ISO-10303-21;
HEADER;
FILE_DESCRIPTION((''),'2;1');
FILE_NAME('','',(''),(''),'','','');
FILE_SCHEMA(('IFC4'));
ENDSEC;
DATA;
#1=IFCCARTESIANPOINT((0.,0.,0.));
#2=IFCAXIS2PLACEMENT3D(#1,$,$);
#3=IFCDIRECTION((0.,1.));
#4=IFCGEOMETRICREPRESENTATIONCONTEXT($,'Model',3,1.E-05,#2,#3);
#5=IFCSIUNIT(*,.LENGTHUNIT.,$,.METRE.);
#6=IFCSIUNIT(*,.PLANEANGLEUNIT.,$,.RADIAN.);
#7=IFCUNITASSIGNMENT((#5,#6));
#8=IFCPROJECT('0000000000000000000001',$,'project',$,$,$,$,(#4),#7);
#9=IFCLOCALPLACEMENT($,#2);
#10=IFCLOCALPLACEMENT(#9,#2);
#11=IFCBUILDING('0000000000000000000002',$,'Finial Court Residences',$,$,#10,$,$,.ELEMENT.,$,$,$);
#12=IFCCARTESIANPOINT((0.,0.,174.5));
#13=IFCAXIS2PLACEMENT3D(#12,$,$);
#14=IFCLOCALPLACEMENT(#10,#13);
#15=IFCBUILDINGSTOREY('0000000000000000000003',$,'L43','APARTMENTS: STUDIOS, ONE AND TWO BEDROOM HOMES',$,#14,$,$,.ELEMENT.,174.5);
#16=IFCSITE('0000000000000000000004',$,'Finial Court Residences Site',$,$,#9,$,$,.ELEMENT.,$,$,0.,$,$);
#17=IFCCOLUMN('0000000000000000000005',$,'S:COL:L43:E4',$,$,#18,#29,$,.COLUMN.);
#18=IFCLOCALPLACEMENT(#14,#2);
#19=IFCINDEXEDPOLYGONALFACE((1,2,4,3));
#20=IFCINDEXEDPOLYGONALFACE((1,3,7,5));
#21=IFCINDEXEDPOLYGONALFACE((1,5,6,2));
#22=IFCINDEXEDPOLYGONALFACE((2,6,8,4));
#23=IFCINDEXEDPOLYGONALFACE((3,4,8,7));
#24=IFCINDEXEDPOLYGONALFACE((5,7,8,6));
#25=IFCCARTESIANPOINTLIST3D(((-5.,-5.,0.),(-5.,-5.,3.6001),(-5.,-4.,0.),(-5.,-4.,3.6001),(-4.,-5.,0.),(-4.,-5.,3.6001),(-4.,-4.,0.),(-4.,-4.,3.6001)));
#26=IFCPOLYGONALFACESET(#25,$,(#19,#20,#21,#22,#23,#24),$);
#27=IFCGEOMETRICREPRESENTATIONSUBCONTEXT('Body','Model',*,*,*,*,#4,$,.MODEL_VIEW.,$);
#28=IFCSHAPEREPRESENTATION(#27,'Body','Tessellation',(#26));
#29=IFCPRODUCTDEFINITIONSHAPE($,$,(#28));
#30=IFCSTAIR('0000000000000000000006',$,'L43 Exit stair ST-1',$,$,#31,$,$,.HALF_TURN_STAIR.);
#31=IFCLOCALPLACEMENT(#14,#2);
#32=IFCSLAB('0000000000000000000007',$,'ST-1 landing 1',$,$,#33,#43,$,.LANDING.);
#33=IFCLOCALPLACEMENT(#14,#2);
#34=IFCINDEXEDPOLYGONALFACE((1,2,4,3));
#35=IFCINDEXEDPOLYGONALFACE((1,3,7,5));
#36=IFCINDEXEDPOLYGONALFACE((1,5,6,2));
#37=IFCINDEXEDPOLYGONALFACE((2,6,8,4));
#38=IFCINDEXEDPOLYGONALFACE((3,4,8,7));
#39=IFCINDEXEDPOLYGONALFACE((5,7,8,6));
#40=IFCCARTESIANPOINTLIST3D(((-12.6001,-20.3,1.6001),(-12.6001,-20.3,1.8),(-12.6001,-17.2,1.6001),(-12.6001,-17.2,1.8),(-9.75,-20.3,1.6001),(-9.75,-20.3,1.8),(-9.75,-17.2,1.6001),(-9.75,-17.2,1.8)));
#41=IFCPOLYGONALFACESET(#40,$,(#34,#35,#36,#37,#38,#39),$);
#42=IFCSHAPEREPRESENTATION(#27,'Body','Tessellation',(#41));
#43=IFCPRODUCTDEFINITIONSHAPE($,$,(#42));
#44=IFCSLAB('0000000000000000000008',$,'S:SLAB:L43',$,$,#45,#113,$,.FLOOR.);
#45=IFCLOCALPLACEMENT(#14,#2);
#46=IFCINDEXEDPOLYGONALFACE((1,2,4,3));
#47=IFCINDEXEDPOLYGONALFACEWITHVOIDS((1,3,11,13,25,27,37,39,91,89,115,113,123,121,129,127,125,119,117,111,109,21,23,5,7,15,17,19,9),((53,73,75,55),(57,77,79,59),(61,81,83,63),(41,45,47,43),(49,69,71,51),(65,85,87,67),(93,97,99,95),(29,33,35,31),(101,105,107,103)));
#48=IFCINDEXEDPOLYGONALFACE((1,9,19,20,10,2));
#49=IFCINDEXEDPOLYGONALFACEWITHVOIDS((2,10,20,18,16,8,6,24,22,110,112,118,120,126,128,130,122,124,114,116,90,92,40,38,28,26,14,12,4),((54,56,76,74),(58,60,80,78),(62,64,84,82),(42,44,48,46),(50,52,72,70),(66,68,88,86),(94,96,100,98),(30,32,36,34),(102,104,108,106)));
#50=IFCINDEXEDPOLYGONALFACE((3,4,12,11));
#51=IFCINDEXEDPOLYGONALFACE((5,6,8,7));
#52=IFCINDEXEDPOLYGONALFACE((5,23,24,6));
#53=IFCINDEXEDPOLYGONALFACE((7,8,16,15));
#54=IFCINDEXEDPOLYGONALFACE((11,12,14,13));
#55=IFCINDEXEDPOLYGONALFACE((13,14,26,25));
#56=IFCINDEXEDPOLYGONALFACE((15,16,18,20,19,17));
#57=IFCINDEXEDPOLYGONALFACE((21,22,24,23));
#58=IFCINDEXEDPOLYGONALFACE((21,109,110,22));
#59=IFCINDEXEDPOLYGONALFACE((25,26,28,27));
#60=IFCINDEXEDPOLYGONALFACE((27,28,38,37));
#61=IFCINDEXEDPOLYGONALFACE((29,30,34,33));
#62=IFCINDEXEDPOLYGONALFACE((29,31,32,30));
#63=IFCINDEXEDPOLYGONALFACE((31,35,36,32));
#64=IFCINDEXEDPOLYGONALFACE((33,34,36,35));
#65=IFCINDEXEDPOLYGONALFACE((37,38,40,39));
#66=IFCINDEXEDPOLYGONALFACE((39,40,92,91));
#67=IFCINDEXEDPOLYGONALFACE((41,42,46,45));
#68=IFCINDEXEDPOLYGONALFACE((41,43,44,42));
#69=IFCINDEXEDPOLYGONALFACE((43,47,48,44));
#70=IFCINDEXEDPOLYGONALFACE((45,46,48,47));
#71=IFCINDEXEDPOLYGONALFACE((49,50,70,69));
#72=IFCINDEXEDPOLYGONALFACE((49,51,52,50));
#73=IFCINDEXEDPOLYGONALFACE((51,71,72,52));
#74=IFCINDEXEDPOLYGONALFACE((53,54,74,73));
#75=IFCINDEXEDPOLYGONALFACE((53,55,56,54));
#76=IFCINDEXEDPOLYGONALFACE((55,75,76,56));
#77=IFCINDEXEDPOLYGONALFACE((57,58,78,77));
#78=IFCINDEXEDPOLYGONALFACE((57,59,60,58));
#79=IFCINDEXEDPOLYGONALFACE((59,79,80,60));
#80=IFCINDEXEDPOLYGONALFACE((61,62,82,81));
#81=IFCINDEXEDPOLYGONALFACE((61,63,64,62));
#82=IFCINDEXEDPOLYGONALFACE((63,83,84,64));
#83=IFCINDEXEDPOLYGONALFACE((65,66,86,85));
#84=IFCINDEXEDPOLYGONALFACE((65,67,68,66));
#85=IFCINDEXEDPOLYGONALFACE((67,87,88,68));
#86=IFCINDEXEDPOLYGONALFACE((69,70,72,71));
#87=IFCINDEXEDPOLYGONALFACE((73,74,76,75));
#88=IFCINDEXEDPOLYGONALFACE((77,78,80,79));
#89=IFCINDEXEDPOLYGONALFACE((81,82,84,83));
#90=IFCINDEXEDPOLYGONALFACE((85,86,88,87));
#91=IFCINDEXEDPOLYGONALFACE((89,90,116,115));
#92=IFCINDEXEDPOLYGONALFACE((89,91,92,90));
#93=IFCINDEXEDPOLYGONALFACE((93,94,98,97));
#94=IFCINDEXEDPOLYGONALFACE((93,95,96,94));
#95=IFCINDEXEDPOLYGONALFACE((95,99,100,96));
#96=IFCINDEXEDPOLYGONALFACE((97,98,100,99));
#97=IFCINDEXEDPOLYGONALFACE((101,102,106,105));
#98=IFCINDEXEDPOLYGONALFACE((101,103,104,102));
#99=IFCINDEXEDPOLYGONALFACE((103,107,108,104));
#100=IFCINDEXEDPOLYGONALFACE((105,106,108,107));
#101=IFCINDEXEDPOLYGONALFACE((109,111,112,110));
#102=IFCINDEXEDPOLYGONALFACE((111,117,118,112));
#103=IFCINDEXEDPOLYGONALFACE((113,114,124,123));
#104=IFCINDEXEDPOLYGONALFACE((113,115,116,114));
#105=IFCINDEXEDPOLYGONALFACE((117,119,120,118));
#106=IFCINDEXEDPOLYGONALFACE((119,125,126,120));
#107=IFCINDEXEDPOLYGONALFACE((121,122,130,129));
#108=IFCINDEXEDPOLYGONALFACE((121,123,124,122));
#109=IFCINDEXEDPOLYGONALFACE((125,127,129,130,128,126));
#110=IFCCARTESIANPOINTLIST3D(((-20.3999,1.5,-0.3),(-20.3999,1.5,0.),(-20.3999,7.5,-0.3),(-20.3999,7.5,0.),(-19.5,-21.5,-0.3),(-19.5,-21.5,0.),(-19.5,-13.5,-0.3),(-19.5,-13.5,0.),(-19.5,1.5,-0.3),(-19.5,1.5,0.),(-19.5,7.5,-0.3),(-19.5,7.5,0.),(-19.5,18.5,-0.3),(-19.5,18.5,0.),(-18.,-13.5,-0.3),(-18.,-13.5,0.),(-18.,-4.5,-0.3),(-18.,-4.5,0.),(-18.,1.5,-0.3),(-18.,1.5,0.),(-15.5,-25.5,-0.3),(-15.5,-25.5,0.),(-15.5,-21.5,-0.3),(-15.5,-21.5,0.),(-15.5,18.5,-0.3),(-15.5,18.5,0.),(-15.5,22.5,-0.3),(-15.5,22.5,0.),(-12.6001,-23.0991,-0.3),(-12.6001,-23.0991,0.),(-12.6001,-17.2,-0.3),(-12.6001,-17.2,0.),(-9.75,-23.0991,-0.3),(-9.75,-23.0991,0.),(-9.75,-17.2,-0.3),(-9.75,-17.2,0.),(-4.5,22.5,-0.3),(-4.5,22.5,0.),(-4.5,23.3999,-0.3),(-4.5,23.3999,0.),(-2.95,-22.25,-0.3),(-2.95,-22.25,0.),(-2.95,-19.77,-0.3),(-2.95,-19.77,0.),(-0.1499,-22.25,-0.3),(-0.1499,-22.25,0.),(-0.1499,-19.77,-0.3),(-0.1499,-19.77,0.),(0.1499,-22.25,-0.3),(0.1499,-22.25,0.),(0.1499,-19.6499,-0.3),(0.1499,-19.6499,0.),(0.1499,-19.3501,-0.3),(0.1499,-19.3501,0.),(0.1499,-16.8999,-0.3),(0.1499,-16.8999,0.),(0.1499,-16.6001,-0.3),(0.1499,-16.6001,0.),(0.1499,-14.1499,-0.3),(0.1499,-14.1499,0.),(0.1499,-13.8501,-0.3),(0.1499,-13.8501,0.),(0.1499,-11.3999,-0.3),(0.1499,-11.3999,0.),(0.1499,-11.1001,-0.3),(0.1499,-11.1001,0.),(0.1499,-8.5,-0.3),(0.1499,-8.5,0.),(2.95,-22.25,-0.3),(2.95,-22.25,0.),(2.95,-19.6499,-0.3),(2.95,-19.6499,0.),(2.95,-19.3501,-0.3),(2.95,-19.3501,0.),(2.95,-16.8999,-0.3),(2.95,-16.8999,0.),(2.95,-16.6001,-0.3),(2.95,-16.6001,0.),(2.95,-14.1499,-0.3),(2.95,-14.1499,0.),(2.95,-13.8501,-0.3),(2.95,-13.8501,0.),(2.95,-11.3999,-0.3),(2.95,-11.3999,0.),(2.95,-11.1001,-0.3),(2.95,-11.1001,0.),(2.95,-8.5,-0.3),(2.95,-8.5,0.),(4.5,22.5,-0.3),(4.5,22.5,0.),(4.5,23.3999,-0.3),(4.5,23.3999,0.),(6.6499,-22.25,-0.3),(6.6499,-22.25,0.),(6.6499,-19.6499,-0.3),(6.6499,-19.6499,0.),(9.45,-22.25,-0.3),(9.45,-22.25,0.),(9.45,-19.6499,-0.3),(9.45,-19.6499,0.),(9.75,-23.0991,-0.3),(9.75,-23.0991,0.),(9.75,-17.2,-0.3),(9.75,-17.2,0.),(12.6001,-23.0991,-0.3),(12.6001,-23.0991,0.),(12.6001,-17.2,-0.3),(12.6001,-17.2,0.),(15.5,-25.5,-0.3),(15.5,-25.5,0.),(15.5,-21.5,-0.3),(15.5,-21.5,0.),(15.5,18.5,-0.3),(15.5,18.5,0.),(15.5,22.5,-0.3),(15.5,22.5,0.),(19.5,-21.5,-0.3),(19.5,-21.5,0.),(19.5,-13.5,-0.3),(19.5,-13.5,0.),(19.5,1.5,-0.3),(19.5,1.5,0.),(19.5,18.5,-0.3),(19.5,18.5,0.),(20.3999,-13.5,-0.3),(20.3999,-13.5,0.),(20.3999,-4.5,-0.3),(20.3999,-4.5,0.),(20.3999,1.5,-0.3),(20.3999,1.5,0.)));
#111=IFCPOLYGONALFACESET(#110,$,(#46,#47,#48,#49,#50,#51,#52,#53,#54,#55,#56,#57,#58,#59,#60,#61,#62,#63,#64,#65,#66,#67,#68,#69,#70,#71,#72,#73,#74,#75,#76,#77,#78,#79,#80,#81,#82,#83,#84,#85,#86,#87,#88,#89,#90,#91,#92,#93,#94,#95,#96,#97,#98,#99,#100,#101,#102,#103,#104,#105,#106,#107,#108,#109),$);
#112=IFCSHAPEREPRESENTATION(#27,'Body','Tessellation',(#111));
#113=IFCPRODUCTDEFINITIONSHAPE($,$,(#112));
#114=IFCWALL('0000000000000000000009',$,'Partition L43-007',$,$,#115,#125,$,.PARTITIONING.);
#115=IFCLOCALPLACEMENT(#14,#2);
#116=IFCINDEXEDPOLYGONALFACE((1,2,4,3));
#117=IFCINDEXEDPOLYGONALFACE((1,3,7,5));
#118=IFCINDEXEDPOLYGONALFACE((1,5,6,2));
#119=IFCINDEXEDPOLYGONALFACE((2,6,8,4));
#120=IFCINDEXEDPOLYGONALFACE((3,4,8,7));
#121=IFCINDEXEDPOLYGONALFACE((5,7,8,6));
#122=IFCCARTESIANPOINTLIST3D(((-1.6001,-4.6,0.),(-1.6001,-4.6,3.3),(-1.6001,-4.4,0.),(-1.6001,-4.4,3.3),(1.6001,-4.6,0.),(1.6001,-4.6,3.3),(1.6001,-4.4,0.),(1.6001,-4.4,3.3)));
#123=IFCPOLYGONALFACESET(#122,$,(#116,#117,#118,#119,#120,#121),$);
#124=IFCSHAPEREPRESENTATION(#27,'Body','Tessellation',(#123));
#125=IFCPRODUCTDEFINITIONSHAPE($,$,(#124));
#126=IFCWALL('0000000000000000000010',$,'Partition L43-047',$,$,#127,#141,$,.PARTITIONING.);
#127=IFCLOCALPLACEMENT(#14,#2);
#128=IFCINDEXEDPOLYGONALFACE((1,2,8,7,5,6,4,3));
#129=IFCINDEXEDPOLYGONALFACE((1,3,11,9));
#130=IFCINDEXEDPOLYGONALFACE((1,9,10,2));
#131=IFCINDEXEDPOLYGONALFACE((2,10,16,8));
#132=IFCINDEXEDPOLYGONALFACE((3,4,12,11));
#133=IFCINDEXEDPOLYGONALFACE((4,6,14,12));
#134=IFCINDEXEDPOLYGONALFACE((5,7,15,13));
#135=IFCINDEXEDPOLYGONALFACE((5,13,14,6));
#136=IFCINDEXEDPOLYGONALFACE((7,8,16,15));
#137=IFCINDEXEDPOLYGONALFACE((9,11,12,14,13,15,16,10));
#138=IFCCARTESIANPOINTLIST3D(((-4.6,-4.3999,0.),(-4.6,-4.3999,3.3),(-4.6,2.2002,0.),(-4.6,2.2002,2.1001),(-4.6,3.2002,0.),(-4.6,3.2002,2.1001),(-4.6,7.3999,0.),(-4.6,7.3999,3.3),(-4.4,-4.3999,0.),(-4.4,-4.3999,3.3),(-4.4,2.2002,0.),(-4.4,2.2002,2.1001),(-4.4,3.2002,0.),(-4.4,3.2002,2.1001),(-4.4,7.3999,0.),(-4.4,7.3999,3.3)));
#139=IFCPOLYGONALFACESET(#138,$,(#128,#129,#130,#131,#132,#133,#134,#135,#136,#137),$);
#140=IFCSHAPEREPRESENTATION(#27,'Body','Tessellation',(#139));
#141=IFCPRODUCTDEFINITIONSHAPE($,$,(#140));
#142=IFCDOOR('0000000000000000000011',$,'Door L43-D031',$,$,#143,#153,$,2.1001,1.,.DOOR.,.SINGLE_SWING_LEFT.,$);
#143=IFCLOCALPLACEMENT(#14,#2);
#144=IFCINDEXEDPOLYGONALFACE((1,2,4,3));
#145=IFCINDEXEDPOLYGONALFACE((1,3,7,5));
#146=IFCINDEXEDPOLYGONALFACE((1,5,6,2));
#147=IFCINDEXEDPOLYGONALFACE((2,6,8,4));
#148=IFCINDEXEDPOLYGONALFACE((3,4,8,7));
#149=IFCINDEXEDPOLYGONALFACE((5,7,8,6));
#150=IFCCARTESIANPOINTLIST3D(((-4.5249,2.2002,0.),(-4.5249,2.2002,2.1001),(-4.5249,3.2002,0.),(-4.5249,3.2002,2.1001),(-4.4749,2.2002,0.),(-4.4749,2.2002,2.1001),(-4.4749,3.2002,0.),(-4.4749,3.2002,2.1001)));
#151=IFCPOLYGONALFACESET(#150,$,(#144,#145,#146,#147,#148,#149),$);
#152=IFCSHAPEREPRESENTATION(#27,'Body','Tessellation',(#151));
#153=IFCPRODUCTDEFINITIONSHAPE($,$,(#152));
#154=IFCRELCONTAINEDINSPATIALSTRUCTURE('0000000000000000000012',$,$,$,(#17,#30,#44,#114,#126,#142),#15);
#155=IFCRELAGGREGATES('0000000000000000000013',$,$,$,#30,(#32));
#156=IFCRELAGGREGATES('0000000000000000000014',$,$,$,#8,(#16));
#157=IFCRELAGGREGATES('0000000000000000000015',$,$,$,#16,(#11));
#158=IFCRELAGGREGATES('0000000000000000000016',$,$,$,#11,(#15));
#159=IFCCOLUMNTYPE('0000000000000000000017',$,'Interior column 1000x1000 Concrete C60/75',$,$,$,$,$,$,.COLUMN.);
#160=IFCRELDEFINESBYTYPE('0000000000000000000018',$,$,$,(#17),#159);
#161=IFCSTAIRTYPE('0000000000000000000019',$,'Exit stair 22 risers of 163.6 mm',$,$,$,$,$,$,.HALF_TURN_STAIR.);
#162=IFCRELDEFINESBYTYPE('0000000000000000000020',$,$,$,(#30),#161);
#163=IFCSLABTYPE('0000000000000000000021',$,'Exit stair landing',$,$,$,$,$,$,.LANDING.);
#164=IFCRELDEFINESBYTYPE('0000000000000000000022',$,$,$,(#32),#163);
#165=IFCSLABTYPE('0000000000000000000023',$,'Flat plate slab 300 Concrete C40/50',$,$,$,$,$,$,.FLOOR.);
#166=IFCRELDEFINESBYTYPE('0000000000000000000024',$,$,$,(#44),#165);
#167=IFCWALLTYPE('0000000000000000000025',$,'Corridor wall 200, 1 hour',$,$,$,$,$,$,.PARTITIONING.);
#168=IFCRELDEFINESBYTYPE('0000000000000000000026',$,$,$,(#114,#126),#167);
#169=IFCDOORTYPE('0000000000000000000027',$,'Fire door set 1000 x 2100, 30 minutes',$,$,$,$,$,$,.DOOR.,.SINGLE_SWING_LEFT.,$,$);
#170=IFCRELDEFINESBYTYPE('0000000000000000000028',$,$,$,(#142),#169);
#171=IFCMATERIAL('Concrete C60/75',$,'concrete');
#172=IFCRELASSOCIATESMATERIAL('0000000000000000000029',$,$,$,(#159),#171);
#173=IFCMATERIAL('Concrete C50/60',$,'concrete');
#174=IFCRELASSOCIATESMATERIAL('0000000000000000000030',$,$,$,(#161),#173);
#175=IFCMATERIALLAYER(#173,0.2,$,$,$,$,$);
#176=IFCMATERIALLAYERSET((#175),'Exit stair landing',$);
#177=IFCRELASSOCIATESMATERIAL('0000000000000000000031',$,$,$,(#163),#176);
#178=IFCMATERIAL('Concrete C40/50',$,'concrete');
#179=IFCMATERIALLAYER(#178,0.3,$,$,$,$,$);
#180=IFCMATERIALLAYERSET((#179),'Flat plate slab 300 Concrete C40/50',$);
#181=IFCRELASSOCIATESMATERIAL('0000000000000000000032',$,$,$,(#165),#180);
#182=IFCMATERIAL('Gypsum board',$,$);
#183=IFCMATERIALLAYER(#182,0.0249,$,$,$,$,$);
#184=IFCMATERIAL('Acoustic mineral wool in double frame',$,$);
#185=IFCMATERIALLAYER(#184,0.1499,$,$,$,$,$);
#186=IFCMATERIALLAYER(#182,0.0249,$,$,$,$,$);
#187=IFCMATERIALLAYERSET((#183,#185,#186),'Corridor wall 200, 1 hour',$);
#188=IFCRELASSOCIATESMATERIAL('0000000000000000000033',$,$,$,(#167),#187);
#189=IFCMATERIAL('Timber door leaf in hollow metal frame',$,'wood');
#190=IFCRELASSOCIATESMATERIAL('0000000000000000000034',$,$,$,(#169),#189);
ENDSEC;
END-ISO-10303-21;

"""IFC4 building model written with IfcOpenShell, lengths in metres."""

from ifc_helpers import new_model, si_unit, direction, frame, frame_2d, origin, origin_2d, place, context, subcontext, project, spatial, polyline, rectangle, outline, extrude, material, layer, layer_set, material_profile, profile_set, type_object, element, fill, aggregate, save


model = new_model("IFC4")

# Units and contexts
model_context = context("Model", 3, precision=1e-05, world=origin(), true_north=direction((0.0, 1.0)))
body_context = subcontext(model_context, "Body", "Model", "MODEL_VIEW")
ifc_project = project(units=[si_unit("LENGTHUNIT", "METRE"), si_unit("PLANEANGLEUNIT", "RADIAN")], contexts=[model_context])

# Site, building, storey
site_placement = place(None, origin())
site = spatial("IfcSite", under=ifc_project, at=site_placement, Name="Finial Court Residences Site", CompositionType="ELEMENT", RefElevation=0.0)
building_placement = place(site_placement, origin())
building = spatial("IfcBuilding", under=site, at=building_placement, Name="Finial Court Residences", CompositionType="ELEMENT")
storey_placement = place(building_placement, frame((0.0, 0.0, 174.5)))
storey = spatial("IfcBuildingStorey", under=building, at=storey_placement, Name="L43", Description="APARTMENTS: STUDIOS, ONE AND TWO BEDROOM HOMES", CompositionType="ELEMENT", Elevation=174.5)

# Column
ifc_material_1 = material(Name="Concrete C60/75", Category="concrete")
ifc_material_profile = material_profile(ifc_material_1, rectangle(XDim=1.0, YDim=1.0, at=origin_2d()), Name="1000x1000")
ifc_profile_set = profile_set([ifc_material_profile], Name="Concrete C60/75")
column_type = type_object("IfcColumnType", Name="Interior column 1000x1000 Concrete C60/75", PredefinedType="COLUMN", material=ifc_profile_set)
column_placement = place(storey_placement, frame((-4.5, -4.5, 0.0), z_axis=(0.0, 0.0, 1.0), x_axis=(1.0, 0.0, 0.0)))
element("IfcColumn", 1, at=column_placement, inside=storey, type_object=column_type, Name="S:COL:L43:E4", PredefinedType="COLUMN", context=body_context, shape_type="SweptSolid", body=[
    extrude(rectangle(XDim=1.0, YDim=1.0, at=origin_2d()), origin(), (0.0, 0.0, 1.0), 3.6001),
])

# Stair, slab
ifc_material_2 = material(Name="Concrete C50/60", Category="concrete")
stair_type = type_object("IfcStairType", Name="Exit stair 22 risers of 163.6 mm", PredefinedType="HALF_TURN_STAIR", material=ifc_material_2)
stair_placement = place(storey_placement, origin())
stair = element("IfcStair", 2, at=stair_placement, inside=storey, type_object=stair_type, Name="L43 Exit stair ST-1", PredefinedType="HALF_TURN_STAIR")
ifc_layer_1 = layer(ifc_material_2, 0.2)
ifc_layer_set_1 = layer_set([ifc_layer_1], Name="Exit stair landing")
slab_type_1 = type_object("IfcSlabType", Name="Exit stair landing", PredefinedType="LANDING", material=ifc_layer_set_1)
slab_1_placement = place(storey_placement, frame((0.0, 0.0, 1.6001)))
slab_1 = element("IfcSlab", 3, at=slab_1_placement, type_object=slab_type_1, Name="ST-1 landing 1", PredefinedType="LANDING", context=body_context, shape_type="SweptSolid", body=[
    extrude(outline(polyline([(-9.75, -20.3), (-9.75, -17.2), (-12.6001, -17.2), (-12.6001, -20.3), (-9.75, -20.3)])), origin(), (0.0, 0.0, 1.0), 0.2),
])
aggregate(stair, [slab_1])

# Slab
ifc_material_3 = material(Name="Concrete C40/50", Category="concrete")
ifc_layer_2 = layer(ifc_material_3, 0.3)
ifc_layer_set_2 = layer_set([ifc_layer_2], Name="Flat plate slab 300 Concrete C40/50")
slab_type_2 = type_object("IfcSlabType", Name="Flat plate slab 300 Concrete C40/50", PredefinedType="FLOOR", material=ifc_layer_set_2)
slab_2_placement = place(storey_placement, frame((0.0, 0.0, -0.3)))
element("IfcSlab", 4, at=slab_2_placement, inside=storey, type_object=slab_type_2, Name="S:SLAB:L43", PredefinedType="FLOOR", context=body_context, shape_type="SweptSolid", body=[
    extrude(outline(polyline([(20.3999, 1.5), (20.3999, -4.5), (20.3999, -13.5), (19.5, -13.5), (19.5, -21.5), (15.5, -21.5), (15.5, -25.5), (-15.5, -25.5), (-15.5, -21.5), (-19.5, -21.5), (-19.5, -13.5), (-18.0, -13.5), (-18.0, -4.5), (-18.0, 1.5), (-19.5, 1.5), (-20.3999, 1.5), (-20.3999, 7.5), (-19.5, 7.5), (-19.5, 18.5), (-15.5, 18.5), (-15.5, 22.5), (-4.5, 22.5), (-4.5, 23.3999), (4.5, 23.3999), (4.5, 22.5), (15.5, 22.5), (15.5, 18.5), (19.5, 18.5), (19.5, 1.5), (20.3999, 1.5)]), holes=[polyline([(-0.1499, -19.77), (-2.95, -19.77), (-2.95, -22.25), (-0.1499, -22.25), (-0.1499, -19.77)]), polyline([(2.95, -19.6499), (0.1499, -19.6499), (0.1499, -22.25), (2.95, -22.25), (2.95, -19.6499)]), polyline([(9.45, -19.6499), (6.6499, -19.6499), (6.6499, -22.25), (9.45, -22.25), (9.45, -19.6499)]), polyline([(-12.6001, -17.2), (-12.6001, -23.0991), (-9.75, -23.0991), (-9.75, -17.2), (-12.6001, -17.2)]), polyline([(9.75, -17.2), (9.75, -23.0991), (12.6001, -23.0991), (12.6001, -17.2), (9.75, -17.2)]), polyline([(2.95, -16.8999), (0.1499, -16.8999), (0.1499, -19.3501), (2.95, -19.3501), (2.95, -16.8999)]), polyline([(2.95, -14.1499), (0.1499, -14.1499), (0.1499, -16.6001), (2.95, -16.6001), (2.95, -14.1499)]), polyline([(2.95, -13.8501), (2.95, -11.3999), (0.1499, -11.3999), (0.1499, -13.8501), (2.95, -13.8501)]), polyline([(2.95, -11.1001), (2.95, -8.5), (0.1499, -8.5), (0.1499, -11.1001), (2.95, -11.1001)])]), origin(), (0.0, 0.0, 1.0), 0.3),
])

# Wall
ifc_material_4 = material(Name="Gypsum board")
ifc_layer_3 = layer(ifc_material_4, 0.0249)
ifc_material_5 = material(Name="Acoustic mineral wool in double frame")
ifc_layer_4 = layer(ifc_material_5, 0.1499)
ifc_layer_5 = layer(ifc_material_4, 0.0249)
ifc_layer_set_3 = layer_set([ifc_layer_3, ifc_layer_4, ifc_layer_5], Name="Corridor wall 200, 1 hour")
wall_type_1 = type_object("IfcWallType", Name="Corridor wall 200, 1 hour", PredefinedType="PARTITIONING", material=ifc_layer_set_3)
wall_1_placement = place(storey_placement, frame((-1.6001, -4.5, 0.0), z_axis=(0.0, 0.0, 1.0), x_axis=(1.0, 0.0, 0.0)))
element("IfcWall", 5, at=wall_1_placement, inside=storey, type_object=wall_type_1, Name="Partition L43-007", PredefinedType="PARTITIONING", context=body_context, shape_type="SweptSolid", body=[
    extrude(rectangle(XDim=3.2002, YDim=0.2, at=frame_2d((1.6001, 0.0))), origin(), (0.0, 0.0, 1.0), 3.3),
])

# Wall, opening, door
wall_2_placement = place(storey_placement, frame((-4.5, -4.3999, 0.0), z_axis=(0.0, 0.0, 1.0), x_axis=(0.0, 1.0, 0.0)))
wall_2 = element("IfcWall", 6, at=wall_2_placement, inside=storey, type_object=wall_type_1, Name="Partition L43-047", PredefinedType="PARTITIONING", context=body_context, shape_type="SweptSolid", body=[
    extrude(rectangle(XDim=11.7998, YDim=0.2, at=frame_2d((5.8999, 0.0))), origin(), (0.0, 0.0, 1.0), 3.3),
])
opening_1_placement = place(wall_2_placement, frame((6.6001, 0.0, 0.0)))
opening_1 = element("IfcOpeningElement", 7, at=opening_1_placement, cuts=wall_2, PredefinedType="OPENING", context=body_context, shape_type="SweptSolid", body=[
    extrude(rectangle(XDim=1.0, YDim=2.1001, at=frame_2d((0.5, 1.05))), frame((0.0, 0.1099, 0.0), z_axis=(0.0, -1.0, 0.0), x_axis=(1.0, 0.0, 0.0)), (0.0, 0.0, 1.0), 0.22),
])
ifc_material_6 = material(Name="Timber door leaf in hollow metal frame", Category="wood")
door_type_1 = type_object("IfcDoorType", Name="Fire door set 1000 x 2100, 30 minutes", OperationType="SINGLE_SWING_LEFT", PredefinedType="DOOR", material=ifc_material_6)
door_1_placement = place(opening_1_placement, origin())
door_1 = element("IfcDoor", 8, at=door_1_placement, inside=storey, type_object=door_type_1, Name="Door L43-D031", OperationType="SINGLE_SWING_LEFT", OverallHeight=2.1001, OverallWidth=1.0, PredefinedType="DOOR", context=body_context, shape_type="SweptSolid", body=[
    extrude(rectangle(XDim=1.0, YDim=2.1001, at=frame_2d((0.5, 1.05))), frame((0.0, 0.0249, 0.0), z_axis=(0.0, -1.0, 0.0), x_axis=(1.0, 0.0, 0.0)), (0.0, 0.0, 1.0), 0.05),
])
fill(opening_1, door_1)

save(model, "model.ifc")
